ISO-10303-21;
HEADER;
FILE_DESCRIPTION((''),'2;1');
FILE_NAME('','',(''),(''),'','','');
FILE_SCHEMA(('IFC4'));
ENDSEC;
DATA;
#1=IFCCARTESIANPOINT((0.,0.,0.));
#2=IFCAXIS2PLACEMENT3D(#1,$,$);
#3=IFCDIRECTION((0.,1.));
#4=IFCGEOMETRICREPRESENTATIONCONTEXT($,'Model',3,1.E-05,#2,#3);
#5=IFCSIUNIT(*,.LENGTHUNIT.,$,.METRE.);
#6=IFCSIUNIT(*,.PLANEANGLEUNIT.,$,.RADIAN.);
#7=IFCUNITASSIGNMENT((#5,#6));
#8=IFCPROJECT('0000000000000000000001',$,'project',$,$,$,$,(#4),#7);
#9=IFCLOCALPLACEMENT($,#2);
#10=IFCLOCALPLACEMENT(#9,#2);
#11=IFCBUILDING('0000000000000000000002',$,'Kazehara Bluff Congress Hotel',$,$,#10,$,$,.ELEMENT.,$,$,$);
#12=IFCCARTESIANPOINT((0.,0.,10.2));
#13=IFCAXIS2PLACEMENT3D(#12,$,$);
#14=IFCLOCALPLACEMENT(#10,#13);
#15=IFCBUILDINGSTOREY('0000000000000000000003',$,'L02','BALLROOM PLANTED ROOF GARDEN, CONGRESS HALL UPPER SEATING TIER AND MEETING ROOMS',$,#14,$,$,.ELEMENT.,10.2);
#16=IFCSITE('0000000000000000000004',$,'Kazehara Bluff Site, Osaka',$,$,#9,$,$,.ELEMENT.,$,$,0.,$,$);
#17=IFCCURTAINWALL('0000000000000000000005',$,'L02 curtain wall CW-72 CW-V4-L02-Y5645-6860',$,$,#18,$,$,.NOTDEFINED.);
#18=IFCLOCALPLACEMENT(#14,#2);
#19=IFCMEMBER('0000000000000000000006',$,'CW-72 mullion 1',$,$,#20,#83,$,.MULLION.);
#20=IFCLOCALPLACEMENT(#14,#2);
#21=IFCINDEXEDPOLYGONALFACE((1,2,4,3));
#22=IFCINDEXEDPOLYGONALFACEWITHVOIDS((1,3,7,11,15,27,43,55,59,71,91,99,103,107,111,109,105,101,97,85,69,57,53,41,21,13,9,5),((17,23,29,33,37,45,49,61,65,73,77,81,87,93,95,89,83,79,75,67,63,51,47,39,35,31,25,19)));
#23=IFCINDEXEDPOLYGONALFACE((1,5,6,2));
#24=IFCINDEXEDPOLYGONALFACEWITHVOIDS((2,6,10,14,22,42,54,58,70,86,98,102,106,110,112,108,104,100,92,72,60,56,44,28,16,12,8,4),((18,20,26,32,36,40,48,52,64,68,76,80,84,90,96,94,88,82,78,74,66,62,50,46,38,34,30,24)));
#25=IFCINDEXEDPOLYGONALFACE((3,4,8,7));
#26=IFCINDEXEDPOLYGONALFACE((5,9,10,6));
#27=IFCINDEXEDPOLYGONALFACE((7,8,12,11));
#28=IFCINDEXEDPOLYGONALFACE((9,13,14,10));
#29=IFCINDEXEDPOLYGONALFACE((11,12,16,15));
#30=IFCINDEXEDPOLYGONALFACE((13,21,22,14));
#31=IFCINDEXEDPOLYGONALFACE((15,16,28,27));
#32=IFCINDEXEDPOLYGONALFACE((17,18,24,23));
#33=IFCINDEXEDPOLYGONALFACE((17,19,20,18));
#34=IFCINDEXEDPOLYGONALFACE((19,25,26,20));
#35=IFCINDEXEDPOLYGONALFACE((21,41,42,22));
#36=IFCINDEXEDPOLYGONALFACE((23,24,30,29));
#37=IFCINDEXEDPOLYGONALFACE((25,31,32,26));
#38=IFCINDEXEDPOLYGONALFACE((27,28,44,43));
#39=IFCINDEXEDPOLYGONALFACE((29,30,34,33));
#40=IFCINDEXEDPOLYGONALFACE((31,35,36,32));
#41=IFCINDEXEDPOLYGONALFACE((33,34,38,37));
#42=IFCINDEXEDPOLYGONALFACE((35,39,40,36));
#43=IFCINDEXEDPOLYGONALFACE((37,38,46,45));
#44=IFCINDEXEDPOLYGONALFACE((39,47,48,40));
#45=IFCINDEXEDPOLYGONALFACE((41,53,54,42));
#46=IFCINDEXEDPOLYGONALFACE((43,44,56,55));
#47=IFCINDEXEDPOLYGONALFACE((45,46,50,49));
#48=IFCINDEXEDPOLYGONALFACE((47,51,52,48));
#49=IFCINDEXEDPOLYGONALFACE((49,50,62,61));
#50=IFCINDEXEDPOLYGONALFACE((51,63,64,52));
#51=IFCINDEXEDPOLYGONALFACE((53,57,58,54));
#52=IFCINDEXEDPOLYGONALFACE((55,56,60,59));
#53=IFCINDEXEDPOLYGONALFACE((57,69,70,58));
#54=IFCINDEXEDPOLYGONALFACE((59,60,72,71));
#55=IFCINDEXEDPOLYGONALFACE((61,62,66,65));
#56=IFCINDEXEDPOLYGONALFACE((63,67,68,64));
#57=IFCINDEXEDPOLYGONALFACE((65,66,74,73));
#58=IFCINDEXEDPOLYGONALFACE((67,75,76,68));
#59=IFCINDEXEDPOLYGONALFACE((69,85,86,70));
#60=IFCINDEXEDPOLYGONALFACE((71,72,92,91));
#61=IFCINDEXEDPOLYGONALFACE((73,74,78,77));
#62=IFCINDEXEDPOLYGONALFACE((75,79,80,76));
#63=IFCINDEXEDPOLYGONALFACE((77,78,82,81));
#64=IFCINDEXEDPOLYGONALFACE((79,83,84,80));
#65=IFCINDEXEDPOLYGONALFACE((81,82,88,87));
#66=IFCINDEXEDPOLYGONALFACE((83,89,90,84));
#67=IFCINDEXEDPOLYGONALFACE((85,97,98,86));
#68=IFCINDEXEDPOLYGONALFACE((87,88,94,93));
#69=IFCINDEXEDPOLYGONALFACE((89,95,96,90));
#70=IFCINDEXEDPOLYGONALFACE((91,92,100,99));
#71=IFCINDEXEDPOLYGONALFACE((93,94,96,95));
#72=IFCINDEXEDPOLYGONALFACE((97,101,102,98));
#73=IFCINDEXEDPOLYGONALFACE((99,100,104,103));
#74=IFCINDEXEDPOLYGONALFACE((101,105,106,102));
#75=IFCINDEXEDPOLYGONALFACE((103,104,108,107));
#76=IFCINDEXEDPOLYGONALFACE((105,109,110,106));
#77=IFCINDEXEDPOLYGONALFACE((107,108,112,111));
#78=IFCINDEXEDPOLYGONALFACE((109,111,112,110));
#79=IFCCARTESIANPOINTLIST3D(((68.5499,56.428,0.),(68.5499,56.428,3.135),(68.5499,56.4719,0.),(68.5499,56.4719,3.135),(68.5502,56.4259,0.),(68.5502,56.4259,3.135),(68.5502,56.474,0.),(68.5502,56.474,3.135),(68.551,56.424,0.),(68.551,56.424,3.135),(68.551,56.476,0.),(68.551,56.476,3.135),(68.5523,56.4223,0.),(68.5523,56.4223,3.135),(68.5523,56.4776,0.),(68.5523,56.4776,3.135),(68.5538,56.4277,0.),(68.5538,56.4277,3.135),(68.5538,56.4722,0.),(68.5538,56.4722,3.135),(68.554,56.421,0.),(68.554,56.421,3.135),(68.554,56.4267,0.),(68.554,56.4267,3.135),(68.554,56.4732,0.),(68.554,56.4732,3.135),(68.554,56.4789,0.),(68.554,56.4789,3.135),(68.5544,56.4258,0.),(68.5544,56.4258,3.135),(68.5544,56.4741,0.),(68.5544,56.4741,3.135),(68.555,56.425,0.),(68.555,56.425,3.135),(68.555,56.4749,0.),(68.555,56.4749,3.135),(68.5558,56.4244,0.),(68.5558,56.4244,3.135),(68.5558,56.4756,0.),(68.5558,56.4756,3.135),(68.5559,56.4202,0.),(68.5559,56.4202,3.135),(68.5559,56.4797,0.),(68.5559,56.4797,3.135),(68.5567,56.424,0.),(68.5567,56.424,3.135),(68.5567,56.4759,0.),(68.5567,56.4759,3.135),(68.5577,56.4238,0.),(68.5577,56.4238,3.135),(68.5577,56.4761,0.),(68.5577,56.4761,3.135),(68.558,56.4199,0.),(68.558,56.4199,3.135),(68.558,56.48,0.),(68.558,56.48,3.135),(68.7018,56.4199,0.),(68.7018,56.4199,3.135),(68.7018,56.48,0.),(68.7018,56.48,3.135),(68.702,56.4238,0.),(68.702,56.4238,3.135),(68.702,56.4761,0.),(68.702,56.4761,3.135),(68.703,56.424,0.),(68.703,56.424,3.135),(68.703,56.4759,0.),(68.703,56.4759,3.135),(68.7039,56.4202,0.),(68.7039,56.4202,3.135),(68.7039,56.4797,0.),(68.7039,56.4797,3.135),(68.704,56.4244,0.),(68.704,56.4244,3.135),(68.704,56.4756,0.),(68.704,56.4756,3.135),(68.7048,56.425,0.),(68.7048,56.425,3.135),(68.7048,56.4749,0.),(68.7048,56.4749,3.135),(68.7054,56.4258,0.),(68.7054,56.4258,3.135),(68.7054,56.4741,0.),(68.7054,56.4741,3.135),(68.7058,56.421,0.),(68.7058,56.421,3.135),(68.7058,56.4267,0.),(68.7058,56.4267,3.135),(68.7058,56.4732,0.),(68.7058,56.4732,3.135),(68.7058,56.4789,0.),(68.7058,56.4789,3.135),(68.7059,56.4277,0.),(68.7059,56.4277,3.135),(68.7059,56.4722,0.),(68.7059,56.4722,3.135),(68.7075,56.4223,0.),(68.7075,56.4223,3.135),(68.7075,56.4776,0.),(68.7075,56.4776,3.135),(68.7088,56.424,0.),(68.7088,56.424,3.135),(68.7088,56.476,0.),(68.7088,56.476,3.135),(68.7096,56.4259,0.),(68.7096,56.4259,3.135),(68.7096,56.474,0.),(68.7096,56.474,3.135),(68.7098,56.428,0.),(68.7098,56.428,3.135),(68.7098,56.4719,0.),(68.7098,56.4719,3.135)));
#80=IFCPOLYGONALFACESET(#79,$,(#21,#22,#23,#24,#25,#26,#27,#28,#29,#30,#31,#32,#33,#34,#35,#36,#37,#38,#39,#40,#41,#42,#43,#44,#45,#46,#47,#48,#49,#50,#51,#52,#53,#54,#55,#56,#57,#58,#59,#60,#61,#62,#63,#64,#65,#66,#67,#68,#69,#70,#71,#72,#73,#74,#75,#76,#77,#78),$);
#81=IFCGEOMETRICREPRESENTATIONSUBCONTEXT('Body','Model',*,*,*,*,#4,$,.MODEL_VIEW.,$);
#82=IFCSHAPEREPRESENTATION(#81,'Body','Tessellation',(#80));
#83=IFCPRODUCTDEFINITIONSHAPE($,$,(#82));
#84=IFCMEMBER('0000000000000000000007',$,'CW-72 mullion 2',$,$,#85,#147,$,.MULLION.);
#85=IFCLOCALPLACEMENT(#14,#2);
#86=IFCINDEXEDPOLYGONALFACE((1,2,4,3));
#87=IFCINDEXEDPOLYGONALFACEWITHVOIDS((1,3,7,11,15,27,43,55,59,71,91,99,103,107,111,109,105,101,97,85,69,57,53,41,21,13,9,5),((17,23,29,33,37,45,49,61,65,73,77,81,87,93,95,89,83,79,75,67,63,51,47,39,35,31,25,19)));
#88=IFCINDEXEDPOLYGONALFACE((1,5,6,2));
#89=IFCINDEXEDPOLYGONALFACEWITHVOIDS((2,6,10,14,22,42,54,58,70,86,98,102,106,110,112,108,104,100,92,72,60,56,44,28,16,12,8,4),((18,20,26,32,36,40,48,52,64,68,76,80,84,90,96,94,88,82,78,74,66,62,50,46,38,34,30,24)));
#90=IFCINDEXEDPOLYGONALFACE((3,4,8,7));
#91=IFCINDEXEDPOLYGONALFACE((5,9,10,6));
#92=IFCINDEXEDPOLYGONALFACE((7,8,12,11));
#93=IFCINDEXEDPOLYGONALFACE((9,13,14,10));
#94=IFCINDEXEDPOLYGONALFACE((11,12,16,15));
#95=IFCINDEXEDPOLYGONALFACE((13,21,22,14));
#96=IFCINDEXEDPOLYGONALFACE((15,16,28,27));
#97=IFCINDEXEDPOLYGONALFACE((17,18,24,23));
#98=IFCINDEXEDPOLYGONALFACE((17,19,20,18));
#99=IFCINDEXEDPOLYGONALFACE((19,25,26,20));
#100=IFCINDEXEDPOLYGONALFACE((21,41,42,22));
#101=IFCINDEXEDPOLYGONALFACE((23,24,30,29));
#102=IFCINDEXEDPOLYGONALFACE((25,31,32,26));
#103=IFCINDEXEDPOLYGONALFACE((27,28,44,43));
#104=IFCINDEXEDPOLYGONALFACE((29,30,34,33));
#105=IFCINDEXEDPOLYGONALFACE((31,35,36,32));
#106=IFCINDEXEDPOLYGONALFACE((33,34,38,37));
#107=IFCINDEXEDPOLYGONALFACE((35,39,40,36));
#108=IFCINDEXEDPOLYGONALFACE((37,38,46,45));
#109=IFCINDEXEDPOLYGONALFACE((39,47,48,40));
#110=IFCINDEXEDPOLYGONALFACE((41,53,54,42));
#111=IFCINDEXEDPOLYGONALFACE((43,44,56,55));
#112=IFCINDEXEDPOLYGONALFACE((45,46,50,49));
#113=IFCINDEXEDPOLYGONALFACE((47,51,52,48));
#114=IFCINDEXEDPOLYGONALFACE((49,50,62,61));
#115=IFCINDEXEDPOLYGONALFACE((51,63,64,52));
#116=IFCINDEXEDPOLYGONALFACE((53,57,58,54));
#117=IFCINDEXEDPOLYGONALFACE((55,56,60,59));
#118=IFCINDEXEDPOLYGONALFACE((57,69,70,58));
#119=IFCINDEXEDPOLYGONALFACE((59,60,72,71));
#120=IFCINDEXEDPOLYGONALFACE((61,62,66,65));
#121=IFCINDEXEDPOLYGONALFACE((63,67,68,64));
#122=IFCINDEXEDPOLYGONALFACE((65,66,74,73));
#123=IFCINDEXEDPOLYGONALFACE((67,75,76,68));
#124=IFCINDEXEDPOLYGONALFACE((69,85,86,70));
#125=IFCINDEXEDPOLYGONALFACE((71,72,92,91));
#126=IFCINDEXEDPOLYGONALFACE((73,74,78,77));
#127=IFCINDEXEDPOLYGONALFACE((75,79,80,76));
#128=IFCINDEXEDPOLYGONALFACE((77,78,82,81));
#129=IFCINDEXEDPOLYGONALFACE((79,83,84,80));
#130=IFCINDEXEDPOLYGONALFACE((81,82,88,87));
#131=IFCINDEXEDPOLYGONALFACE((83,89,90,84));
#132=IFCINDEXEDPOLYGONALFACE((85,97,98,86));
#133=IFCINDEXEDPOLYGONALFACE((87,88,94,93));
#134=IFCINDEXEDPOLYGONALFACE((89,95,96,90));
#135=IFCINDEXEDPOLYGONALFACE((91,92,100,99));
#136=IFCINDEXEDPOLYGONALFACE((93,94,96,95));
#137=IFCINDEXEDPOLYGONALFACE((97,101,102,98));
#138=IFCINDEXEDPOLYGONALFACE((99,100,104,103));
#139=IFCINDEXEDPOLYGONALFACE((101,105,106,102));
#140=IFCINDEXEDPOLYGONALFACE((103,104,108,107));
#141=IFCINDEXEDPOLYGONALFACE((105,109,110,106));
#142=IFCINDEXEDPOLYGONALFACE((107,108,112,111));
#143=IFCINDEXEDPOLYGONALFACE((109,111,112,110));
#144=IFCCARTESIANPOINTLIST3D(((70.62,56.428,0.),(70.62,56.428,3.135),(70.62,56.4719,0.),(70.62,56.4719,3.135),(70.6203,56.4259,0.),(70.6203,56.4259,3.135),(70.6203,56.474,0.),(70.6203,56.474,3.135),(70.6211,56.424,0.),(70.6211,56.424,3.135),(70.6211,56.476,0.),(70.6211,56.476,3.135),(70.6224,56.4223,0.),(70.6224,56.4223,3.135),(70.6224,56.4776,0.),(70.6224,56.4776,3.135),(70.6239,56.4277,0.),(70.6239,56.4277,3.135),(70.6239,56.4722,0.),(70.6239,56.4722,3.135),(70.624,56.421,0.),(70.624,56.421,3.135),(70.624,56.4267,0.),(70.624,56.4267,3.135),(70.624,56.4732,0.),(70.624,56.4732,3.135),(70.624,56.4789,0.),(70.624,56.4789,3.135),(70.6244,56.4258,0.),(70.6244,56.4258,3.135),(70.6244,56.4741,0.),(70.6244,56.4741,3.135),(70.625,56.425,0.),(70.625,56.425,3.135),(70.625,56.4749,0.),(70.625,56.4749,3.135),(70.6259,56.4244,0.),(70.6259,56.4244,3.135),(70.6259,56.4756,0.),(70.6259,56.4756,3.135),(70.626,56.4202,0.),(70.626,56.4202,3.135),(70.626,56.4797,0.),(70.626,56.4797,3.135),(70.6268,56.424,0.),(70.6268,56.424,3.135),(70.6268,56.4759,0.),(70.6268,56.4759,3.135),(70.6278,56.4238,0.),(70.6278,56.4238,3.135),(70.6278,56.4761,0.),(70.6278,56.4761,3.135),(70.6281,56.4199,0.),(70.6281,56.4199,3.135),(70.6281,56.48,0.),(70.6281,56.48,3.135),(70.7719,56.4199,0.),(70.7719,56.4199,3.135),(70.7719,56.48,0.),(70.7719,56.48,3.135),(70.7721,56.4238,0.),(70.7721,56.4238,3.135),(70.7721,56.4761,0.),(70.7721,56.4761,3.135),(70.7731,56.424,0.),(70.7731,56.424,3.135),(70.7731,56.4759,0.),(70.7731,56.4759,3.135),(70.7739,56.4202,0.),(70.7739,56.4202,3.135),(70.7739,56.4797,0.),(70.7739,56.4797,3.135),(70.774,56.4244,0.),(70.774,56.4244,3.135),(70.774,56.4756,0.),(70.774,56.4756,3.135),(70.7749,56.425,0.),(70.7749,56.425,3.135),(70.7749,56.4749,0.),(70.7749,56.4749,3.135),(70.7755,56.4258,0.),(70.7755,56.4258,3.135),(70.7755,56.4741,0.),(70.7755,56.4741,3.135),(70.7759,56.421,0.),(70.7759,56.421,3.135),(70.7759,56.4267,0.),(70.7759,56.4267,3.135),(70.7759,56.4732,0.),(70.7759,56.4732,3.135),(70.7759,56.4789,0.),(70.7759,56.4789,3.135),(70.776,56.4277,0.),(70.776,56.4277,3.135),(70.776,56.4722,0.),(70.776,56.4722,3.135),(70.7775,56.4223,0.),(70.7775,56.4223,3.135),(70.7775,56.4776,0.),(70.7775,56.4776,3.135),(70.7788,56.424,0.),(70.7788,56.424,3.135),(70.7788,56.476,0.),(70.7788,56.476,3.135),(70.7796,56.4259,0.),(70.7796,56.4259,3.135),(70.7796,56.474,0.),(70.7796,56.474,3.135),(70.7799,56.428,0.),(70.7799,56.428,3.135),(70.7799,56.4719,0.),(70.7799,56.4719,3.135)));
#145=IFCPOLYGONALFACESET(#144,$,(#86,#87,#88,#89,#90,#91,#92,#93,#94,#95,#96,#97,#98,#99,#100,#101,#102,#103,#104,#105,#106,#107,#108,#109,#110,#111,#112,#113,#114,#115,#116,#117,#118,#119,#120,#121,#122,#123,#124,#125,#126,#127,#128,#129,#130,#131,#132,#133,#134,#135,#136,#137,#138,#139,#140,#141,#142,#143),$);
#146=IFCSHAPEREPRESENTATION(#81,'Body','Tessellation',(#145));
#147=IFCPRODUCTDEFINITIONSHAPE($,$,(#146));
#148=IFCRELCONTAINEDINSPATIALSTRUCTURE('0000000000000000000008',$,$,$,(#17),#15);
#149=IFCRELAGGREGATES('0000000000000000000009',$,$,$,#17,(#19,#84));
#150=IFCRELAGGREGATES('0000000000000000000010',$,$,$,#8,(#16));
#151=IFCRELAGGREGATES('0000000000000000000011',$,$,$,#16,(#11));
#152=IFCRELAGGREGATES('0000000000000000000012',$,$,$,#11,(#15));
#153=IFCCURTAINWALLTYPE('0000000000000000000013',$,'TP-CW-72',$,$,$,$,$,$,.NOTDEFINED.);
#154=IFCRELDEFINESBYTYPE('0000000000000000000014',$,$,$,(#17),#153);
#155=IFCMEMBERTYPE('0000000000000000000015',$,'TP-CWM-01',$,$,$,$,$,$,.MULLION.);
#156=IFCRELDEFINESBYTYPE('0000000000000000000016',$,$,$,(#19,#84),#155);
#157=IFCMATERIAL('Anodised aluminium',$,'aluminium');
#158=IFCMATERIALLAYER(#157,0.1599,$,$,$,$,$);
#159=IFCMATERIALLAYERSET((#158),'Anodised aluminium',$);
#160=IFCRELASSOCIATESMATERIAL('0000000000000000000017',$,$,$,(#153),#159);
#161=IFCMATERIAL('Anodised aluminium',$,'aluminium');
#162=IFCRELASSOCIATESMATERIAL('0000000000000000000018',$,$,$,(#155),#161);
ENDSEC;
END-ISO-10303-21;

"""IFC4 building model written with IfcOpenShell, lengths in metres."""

from ifc_helpers import new_model, si_unit, direction, frame, origin, origin_2d, place, context, subcontext, project, spatial, hollow_rectangle, extrude, material, layer, layer_set, material_profile, profile_set, type_object, element, aggregate, save


model = new_model("IFC4")

# Units and contexts
model_context = context("Model", 3, precision=1e-05, world=origin(), true_north=direction((0.0, 1.0)))
body_context = subcontext(model_context, "Body", "Model", "MODEL_VIEW")
ifc_project = project(units=[si_unit("LENGTHUNIT", "METRE"), si_unit("PLANEANGLEUNIT", "RADIAN")], contexts=[model_context])

# Site, building, storey
site_placement = place(None, origin())
site = spatial("IfcSite", under=ifc_project, at=site_placement, Name="Kazehara Bluff Site, Osaka", CompositionType="ELEMENT", RefElevation=0.0)
building_placement = place(site_placement, origin())
building = spatial("IfcBuilding", under=site, at=building_placement, Name="Kazehara Bluff Congress Hotel", CompositionType="ELEMENT")
storey_placement = place(building_placement, frame((0.0, 0.0, 10.2)))
storey = spatial("IfcBuildingStorey", under=building, at=storey_placement, Name="L02", Description="BALLROOM PLANTED ROOF GARDEN, CONGRESS HALL UPPER SEATING TIER AND MEETING ROOMS", CompositionType="ELEMENT", Elevation=10.2)

# Curtain wall, members
ifc_material_1 = material(Name="Anodised aluminium", Category="aluminium")
ifc_layer_1 = layer(ifc_material_1, 0.1599)
ifc_layer_set_1 = layer_set([ifc_layer_1], Name="Anodised aluminium")
curtain_wall_type = type_object("IfcCurtainWallType", Name="TP-CW-72", PredefinedType="NOTDEFINED", material=ifc_layer_set_1)
curtain_wall_placement = place(storey_placement, origin())
curtain_wall = element("IfcCurtainWall", 1, at=curtain_wall_placement, inside=storey, type_object=curtain_wall_type, Name="L02 curtain wall CW-72 CW-V4-L02-Y5645-6860", PredefinedType="NOTDEFINED")
ifc_material_2 = material(Name="Anodised aluminium", Category="aluminium")
ifc_material_profile_1 = material_profile(ifc_material_2, hollow_rectangle(XDim=0.0601, YDim=0.1599, WallThickness=0.0039, InnerFilletRadius=0.0039, OuterFilletRadius=0.0081, at=origin_2d()))
ifc_profile_set_1 = profile_set([ifc_material_profile_1], Name="Anodised aluminium")
member_type_1 = type_object("IfcMemberType", Name="TP-CWM-01", PredefinedType="MULLION", material=ifc_profile_set_1)
member_1_placement = place(storey_placement, frame((68.6299, 56.45, 0.0), z_axis=(0.0, 0.0, 1.0), x_axis=(0.0, 1.0, 0.0)))
member_1 = element("IfcMember", 2, at=member_1_placement, type_object=member_type_1, Name="CW-72 mullion 1", PredefinedType="MULLION", context=body_context, shape_type="SweptSolid", body=[
    extrude(hollow_rectangle(XDim=0.0601, YDim=0.1599, WallThickness=0.0039, InnerFilletRadius=0.0039, OuterFilletRadius=0.0081, at=origin_2d()), origin(), (0.0, 0.0, 1.0), 3.135),
])
member_2_placement = place(storey_placement, frame((70.7, 56.45, 0.0), z_axis=(0.0, 0.0, 1.0), x_axis=(0.0, 1.0, 0.0)))
member_2 = element("IfcMember", 3, at=member_2_placement, type_object=member_type_1, Name="CW-72 mullion 2", PredefinedType="MULLION", context=body_context, shape_type="SweptSolid", body=[
    extrude(hollow_rectangle(XDim=0.0601, YDim=0.1599, WallThickness=0.0039, InnerFilletRadius=0.0039, OuterFilletRadius=0.0081, at=origin_2d()), origin(), (0.0, 0.0, 1.0), 3.135),
])
aggregate(curtain_wall, [member_1, member_2])

save(model, "model.ifc")
